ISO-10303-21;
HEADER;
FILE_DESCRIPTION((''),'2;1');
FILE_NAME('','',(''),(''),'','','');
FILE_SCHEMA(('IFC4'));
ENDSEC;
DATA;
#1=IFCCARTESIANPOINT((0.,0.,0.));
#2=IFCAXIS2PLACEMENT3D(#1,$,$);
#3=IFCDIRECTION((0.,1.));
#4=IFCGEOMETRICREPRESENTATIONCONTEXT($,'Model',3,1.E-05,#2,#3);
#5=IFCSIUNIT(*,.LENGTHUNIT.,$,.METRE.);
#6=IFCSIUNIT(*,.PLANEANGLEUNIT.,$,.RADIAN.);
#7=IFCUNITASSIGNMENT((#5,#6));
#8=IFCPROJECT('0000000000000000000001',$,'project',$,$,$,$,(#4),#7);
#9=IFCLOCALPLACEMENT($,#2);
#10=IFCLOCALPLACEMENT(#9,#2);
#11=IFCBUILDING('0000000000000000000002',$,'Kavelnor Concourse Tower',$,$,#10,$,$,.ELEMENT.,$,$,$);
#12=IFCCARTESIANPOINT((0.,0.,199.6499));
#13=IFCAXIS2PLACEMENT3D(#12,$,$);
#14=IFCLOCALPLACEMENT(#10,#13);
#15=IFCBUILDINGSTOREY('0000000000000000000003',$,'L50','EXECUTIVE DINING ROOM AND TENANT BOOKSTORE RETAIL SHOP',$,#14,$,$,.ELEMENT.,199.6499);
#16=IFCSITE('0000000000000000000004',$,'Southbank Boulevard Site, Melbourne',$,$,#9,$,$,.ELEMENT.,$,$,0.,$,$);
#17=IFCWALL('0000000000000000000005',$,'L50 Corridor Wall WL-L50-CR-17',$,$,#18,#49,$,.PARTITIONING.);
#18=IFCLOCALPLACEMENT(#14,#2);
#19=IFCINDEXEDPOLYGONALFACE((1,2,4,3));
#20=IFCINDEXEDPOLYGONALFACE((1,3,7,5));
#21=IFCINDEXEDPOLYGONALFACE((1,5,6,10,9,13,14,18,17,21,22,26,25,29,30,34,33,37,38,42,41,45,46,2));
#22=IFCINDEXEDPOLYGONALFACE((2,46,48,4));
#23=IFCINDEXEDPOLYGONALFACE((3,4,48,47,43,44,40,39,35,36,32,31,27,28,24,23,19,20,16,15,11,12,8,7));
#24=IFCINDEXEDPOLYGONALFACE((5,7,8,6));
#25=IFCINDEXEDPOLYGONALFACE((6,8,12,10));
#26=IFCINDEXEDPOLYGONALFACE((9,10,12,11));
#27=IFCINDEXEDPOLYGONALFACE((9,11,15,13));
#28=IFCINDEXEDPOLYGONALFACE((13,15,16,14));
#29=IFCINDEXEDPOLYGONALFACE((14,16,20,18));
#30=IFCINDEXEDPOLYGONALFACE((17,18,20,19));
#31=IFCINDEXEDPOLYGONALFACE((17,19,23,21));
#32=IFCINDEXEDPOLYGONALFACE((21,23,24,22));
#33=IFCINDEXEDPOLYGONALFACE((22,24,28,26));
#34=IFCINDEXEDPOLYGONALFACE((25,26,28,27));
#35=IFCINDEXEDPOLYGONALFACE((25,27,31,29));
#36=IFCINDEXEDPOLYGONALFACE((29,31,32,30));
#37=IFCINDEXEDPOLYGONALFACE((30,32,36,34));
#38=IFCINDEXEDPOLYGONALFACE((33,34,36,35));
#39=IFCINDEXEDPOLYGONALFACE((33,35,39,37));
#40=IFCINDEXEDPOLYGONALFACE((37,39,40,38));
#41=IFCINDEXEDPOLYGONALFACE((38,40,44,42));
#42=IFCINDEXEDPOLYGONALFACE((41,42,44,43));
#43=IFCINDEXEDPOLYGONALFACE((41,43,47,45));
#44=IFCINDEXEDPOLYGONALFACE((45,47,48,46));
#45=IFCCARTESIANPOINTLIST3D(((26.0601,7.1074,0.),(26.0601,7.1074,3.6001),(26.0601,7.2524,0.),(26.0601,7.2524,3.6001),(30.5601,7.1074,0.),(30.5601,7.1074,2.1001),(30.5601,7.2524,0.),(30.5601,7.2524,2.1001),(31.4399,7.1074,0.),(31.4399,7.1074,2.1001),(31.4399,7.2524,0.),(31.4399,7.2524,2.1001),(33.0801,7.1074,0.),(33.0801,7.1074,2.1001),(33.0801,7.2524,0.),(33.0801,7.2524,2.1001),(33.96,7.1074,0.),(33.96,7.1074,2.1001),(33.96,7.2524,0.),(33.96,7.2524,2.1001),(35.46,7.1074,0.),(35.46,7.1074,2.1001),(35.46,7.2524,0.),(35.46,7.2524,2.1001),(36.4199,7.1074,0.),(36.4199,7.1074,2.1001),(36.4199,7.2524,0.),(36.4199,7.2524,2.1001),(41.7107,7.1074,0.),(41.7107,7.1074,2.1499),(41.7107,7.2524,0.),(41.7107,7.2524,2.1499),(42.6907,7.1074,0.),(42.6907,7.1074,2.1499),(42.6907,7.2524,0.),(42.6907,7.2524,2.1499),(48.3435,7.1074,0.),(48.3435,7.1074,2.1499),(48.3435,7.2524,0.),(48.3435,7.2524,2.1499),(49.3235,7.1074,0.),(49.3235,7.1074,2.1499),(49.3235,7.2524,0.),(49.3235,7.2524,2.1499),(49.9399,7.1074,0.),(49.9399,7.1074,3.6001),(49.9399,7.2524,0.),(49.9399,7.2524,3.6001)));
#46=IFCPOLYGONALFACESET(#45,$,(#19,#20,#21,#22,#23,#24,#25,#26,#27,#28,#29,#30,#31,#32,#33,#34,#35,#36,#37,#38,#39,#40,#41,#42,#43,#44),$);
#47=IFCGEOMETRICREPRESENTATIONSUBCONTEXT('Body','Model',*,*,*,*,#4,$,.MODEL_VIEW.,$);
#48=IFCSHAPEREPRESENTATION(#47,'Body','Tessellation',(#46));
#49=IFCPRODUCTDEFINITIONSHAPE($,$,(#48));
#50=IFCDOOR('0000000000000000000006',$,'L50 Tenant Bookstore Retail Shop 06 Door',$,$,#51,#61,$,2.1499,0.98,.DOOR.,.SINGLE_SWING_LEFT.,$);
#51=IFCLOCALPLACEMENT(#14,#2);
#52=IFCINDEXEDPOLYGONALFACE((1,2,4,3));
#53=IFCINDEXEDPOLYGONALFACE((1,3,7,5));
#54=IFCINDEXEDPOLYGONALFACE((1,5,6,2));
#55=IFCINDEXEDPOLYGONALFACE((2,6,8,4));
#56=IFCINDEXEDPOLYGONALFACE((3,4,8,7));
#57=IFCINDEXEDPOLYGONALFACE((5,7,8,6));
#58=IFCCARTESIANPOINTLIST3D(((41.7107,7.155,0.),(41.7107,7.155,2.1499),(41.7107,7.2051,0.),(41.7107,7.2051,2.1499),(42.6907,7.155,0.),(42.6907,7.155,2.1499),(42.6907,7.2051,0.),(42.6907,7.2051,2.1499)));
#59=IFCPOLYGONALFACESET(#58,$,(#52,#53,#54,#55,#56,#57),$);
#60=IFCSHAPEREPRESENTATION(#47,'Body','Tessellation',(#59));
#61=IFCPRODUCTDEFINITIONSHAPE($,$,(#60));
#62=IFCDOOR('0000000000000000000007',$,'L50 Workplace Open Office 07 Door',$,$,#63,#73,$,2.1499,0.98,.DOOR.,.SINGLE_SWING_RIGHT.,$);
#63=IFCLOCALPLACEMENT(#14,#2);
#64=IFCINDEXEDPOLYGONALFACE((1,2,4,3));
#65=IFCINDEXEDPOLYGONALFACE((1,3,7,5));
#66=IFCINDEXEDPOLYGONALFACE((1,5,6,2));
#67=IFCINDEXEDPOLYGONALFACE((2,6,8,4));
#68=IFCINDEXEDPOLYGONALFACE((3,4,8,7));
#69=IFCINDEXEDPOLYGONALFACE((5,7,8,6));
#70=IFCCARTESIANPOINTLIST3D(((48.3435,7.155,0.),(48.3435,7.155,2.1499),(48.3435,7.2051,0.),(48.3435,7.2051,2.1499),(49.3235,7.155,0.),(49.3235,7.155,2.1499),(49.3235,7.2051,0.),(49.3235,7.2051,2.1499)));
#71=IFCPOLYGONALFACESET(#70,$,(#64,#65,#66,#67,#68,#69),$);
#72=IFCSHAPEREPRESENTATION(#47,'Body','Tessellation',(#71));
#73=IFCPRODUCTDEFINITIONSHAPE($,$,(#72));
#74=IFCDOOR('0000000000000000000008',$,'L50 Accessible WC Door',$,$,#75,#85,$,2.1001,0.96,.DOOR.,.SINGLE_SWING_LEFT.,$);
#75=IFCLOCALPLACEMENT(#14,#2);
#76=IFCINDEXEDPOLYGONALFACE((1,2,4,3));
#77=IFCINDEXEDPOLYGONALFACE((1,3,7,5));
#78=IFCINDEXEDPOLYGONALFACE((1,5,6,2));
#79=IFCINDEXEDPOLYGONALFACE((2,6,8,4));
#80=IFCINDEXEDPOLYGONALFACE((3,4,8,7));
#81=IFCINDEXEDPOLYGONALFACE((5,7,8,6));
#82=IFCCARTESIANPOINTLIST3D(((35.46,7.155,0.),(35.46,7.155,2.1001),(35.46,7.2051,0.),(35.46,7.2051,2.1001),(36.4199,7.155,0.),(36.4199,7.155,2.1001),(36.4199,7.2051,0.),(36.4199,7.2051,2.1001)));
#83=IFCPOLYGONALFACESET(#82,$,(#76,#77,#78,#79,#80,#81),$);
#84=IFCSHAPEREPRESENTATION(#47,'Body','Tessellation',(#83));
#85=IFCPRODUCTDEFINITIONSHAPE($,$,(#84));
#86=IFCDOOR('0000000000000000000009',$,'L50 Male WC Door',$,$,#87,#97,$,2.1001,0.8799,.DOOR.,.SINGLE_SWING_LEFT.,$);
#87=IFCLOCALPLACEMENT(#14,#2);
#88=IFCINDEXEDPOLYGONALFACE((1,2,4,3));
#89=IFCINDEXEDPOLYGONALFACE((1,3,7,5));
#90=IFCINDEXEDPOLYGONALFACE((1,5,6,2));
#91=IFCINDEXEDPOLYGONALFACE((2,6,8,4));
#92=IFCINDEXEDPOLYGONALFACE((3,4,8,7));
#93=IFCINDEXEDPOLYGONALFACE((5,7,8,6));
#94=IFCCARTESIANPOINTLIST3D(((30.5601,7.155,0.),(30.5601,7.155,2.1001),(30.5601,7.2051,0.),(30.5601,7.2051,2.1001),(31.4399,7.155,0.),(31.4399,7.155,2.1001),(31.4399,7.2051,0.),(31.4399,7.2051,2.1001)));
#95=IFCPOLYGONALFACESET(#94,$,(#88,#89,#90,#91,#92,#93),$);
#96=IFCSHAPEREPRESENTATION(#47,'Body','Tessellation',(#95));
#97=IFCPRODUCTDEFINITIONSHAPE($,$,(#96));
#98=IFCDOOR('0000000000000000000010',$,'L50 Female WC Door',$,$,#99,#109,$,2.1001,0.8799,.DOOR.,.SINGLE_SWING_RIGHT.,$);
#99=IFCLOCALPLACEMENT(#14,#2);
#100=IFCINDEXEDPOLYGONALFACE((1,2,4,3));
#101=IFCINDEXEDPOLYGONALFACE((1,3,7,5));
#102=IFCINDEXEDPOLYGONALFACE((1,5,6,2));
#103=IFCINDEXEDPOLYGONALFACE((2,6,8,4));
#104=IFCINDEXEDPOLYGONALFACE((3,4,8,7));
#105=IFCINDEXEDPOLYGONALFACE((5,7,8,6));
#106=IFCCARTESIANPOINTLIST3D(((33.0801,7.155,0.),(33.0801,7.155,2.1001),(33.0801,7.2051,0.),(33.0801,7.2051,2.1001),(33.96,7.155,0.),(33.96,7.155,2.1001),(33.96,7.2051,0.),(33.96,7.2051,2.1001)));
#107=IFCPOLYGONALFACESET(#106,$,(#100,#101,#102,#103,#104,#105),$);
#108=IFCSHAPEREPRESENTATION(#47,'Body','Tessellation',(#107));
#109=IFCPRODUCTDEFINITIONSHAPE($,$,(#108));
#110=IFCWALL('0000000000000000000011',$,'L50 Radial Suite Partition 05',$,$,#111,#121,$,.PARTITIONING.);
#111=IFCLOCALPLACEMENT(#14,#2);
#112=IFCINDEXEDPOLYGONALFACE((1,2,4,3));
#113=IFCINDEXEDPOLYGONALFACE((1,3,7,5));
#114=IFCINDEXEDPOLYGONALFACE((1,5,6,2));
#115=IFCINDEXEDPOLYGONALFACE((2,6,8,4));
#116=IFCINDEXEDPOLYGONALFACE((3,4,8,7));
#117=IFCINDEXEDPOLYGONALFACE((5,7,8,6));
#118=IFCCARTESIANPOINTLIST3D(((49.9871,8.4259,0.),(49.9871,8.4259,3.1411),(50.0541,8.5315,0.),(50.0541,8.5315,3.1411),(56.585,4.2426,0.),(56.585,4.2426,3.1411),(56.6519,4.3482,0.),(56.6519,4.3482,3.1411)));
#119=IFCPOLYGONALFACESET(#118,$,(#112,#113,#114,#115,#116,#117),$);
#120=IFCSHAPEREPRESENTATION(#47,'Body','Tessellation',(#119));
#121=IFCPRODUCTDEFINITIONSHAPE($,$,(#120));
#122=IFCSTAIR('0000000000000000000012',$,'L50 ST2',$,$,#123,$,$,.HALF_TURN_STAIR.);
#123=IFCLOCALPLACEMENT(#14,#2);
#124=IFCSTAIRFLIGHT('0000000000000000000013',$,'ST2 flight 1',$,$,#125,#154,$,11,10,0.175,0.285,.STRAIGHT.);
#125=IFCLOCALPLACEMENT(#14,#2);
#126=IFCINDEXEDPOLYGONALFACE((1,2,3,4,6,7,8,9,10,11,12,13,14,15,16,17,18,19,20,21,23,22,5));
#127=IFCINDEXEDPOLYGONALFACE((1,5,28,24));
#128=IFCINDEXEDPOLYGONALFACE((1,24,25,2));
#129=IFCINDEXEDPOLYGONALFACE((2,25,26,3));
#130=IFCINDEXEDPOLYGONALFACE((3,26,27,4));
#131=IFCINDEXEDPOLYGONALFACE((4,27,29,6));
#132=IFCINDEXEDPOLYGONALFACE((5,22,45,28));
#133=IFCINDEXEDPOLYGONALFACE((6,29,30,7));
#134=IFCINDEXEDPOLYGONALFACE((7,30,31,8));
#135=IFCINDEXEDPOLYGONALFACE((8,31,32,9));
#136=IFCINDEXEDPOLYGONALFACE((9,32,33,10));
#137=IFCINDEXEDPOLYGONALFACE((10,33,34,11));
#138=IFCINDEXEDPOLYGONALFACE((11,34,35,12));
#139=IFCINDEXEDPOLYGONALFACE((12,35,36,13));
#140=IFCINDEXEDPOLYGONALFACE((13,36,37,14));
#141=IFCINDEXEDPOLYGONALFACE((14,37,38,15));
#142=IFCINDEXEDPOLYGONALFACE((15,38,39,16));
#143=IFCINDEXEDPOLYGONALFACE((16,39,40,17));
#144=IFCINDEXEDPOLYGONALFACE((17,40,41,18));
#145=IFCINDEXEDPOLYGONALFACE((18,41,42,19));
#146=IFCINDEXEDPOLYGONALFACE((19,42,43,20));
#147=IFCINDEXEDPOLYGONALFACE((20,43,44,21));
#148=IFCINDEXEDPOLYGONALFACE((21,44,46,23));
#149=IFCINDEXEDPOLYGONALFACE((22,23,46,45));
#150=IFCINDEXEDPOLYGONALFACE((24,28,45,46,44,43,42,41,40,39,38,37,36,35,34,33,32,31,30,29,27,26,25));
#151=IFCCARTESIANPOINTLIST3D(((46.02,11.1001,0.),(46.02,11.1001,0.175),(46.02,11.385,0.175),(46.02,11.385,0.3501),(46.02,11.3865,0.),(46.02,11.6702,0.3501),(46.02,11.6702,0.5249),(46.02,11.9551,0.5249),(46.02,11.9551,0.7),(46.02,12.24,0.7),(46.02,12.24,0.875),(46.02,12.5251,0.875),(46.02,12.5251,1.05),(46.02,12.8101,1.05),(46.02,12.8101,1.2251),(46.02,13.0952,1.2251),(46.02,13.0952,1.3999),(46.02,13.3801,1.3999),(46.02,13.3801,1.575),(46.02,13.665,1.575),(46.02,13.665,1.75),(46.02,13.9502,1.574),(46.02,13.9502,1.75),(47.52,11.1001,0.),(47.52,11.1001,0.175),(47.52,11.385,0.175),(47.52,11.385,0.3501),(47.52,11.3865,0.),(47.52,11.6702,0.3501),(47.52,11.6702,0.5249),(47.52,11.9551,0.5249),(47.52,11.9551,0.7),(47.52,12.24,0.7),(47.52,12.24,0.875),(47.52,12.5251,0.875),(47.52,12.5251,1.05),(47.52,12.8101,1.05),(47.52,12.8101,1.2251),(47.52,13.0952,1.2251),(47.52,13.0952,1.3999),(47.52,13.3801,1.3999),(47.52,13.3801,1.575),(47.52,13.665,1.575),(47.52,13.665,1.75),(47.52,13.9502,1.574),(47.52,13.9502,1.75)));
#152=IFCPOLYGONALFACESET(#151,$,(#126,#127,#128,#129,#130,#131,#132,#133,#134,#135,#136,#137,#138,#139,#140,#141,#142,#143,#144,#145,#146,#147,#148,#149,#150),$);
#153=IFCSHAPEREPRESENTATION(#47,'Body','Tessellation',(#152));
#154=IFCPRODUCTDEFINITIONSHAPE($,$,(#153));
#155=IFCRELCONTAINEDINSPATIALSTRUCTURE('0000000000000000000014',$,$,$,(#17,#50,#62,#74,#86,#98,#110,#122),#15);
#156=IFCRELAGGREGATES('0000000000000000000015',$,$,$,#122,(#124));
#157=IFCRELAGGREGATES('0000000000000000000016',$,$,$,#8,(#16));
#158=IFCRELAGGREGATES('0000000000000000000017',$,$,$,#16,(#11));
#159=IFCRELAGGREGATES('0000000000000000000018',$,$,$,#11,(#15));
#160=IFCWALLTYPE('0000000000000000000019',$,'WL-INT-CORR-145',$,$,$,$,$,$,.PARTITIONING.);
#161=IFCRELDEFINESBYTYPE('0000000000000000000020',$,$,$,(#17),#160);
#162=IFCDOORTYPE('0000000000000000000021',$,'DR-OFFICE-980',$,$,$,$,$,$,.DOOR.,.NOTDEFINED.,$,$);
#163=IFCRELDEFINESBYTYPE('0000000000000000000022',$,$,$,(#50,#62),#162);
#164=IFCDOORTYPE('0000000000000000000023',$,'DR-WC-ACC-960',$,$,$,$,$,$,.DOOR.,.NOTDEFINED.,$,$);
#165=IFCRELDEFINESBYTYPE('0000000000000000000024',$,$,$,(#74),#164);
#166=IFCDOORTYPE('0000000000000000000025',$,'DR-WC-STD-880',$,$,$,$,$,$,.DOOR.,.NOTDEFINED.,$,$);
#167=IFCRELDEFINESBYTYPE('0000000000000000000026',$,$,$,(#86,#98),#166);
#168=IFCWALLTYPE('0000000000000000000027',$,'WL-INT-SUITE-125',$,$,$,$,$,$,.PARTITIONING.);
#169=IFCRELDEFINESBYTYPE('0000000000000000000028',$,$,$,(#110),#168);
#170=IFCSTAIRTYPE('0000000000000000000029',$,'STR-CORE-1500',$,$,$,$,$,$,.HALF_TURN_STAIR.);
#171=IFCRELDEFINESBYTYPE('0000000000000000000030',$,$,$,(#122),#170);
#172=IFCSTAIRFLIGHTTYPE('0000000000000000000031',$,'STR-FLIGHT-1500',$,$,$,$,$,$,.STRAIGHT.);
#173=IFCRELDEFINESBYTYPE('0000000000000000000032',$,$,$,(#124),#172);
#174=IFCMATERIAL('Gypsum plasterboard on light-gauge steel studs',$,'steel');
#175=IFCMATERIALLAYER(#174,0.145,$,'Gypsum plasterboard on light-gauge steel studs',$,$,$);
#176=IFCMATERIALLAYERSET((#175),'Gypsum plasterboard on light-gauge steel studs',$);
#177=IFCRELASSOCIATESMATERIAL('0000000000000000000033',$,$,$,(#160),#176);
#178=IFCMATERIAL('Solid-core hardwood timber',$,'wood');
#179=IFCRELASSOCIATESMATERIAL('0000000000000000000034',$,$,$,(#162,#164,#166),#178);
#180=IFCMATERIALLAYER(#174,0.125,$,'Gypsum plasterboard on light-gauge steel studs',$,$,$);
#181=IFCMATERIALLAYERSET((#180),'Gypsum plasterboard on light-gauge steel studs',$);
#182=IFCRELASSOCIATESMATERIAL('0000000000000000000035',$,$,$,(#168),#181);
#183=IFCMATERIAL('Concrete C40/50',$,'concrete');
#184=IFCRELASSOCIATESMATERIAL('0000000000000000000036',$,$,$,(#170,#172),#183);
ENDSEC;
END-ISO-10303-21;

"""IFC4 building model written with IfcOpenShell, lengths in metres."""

from ifc_helpers import new_model, si_unit, direction, frame, frame_2d, origin, place, context, subcontext, project, spatial, polyline, rectangle, outline, extrude, material, layer, layer_set, type_object, element, fill, aggregate, save


model = new_model("IFC4")

# Units and contexts
model_context = context("Model", 3, precision=1e-05, world=origin(), true_north=direction((0.0, 1.0)))
body_context = subcontext(model_context, "Body", "Model", "MODEL_VIEW")
ifc_project = project(units=[si_unit("LENGTHUNIT", "METRE"), si_unit("PLANEANGLEUNIT", "RADIAN")], contexts=[model_context])

# Site, building, storey
site_placement = place(None, origin())
site = spatial("IfcSite", under=ifc_project, at=site_placement, Name="Southbank Boulevard Site, Melbourne", CompositionType="ELEMENT", RefElevation=0.0)
building_placement = place(site_placement, origin())
building = spatial("IfcBuilding", under=site, at=building_placement, Name="Kavelnor Concourse Tower", CompositionType="ELEMENT")
storey_placement = place(building_placement, frame((0.0, 0.0, 199.6499)))
storey = spatial("IfcBuildingStorey", under=building, at=storey_placement, Name="L50", Description="EXECUTIVE DINING ROOM AND TENANT BOOKSTORE RETAIL SHOP", CompositionType="ELEMENT", Elevation=199.6499)

# Shared definitions
ifc_material_1 = material(Name="Gypsum plasterboard on light-gauge steel studs", Category="steel")
ifc_layer_1 = layer(ifc_material_1, 0.145, Name="Gypsum plasterboard on light-gauge steel studs")
ifc_layer_set_1 = layer_set([ifc_layer_1], Name="Gypsum plasterboard on light-gauge steel studs")
wall_type_1 = type_object("IfcWallType", Name="WL-INT-CORR-145", PredefinedType="PARTITIONING", material=ifc_layer_set_1)
ifc_material_2 = material(Name="Solid-core hardwood timber", Category="wood")

# Wall, openings, doors
wall_1_placement = place(storey_placement, frame((49.9399, 7.1799, 0.0), z_axis=(0.0, 0.0, 1.0), x_axis=(-1.0, 0.0, 0.0)))
wall_1 = element("IfcWall", 1, at=wall_1_placement, inside=storey, type_object=wall_type_1, Name="L50 Corridor Wall WL-L50-CR-17", PredefinedType="PARTITIONING", context=body_context, shape_type="SweptSolid", body=[
    extrude(rectangle(XDim=23.8799, YDim=0.145, at=frame_2d((11.9399, 0.0))), origin(), (0.0, 0.0, 1.0), 3.6001),
])
opening_1_placement = place(wall_1_placement, frame((18.5, 0.0, 0.0)))
opening_1 = element("IfcOpeningElement", 2, at=opening_1_placement, cuts=wall_1, PredefinedType="OPENING", context=body_context, shape_type="SweptSolid", body=[
    extrude(rectangle(XDim=0.8799, YDim=2.1001, at=frame_2d((0.4399, 1.05))), frame((0.0, 0.0825, 0.0), z_axis=(0.0, -1.0, 0.0), x_axis=(1.0, 0.0, 0.0)), (0.0, 0.0, 1.0), 0.165),
])
opening_2_placement = place(wall_1_placement, frame((15.98, 0.0, 0.0)))
opening_2 = element("IfcOpeningElement", 3, at=opening_2_placement, cuts=wall_1, PredefinedType="OPENING", context=body_context, shape_type="SweptSolid", body=[
    extrude(rectangle(XDim=0.8799, YDim=2.1001, at=frame_2d((0.4399, 1.05))), frame((0.0, 0.0825, 0.0), z_axis=(0.0, -1.0, 0.0), x_axis=(1.0, 0.0, 0.0)), (0.0, 0.0, 1.0), 0.165),
])
opening_3_placement = place(wall_1_placement, frame((13.52, 0.0, 0.0)))
opening_3 = element("IfcOpeningElement", 4, at=opening_3_placement, cuts=wall_1, PredefinedType="OPENING", context=body_context, shape_type="SweptSolid", body=[
    extrude(rectangle(XDim=0.96, YDim=2.1001, at=frame_2d((0.48, 1.05))), frame((0.0, 0.0825, 0.0), z_axis=(0.0, -1.0, 0.0), x_axis=(1.0, 0.0, 0.0)), (0.0, 0.0, 1.0), 0.165),
])
opening_4_placement = place(wall_1_placement, frame((7.2493, 0.0, 0.0)))
opening_4 = element("IfcOpeningElement", 5, at=opening_4_placement, cuts=wall_1, PredefinedType="OPENING", context=body_context, shape_type="SweptSolid", body=[
    extrude(rectangle(XDim=0.98, YDim=2.1499, at=frame_2d((0.49, 1.075))), frame((0.0, 0.0825, 0.0), z_axis=(0.0, -1.0, 0.0), x_axis=(1.0, 0.0, 0.0)), (0.0, 0.0, 1.0), 0.165),
])
opening_5_placement = place(wall_1_placement, frame((0.6165, 0.0, 0.0)))
opening_5 = element("IfcOpeningElement", 6, at=opening_5_placement, cuts=wall_1, PredefinedType="OPENING", context=body_context, shape_type="SweptSolid", body=[
    extrude(rectangle(XDim=0.98, YDim=2.1499, at=frame_2d((0.49, 1.075))), frame((0.0, 0.0825, 0.0), z_axis=(0.0, -1.0, 0.0), x_axis=(1.0, 0.0, 0.0)), (0.0, 0.0, 1.0), 0.165),
])
door_type_1 = type_object("IfcDoorType", Name="DR-OFFICE-980", OperationType="NOTDEFINED", PredefinedType="DOOR", material=ifc_material_2)
door_1_placement = place(opening_4_placement, origin())
door_1 = element("IfcDoor", 7, at=door_1_placement, inside=storey, type_object=door_type_1, Name="L50 Tenant Bookstore Retail Shop 06 Door", OperationType="SINGLE_SWING_LEFT", OverallHeight=2.1499, OverallWidth=0.98, PredefinedType="DOOR", context=body_context, shape_type="SweptSolid", body=[
    extrude(rectangle(XDim=0.98, YDim=2.1499, at=frame_2d((0.49, 1.075))), frame((0.0, 0.0249, 0.0), z_axis=(0.0, -1.0, 0.0), x_axis=(1.0, 0.0, 0.0)), (0.0, 0.0, 1.0), 0.05),
])
fill(opening_4, door_1)
door_2_placement = place(opening_5_placement, origin())
door_2 = element("IfcDoor", 8, at=door_2_placement, inside=storey, type_object=door_type_1, Name="L50 Workplace Open Office 07 Door", OperationType="SINGLE_SWING_RIGHT", OverallHeight=2.1499, OverallWidth=0.98, PredefinedType="DOOR", context=body_context, shape_type="SweptSolid", body=[
    extrude(rectangle(XDim=0.98, YDim=2.1499, at=frame_2d((0.49, 1.075))), frame((0.0, 0.0249, 0.0), z_axis=(0.0, -1.0, 0.0), x_axis=(1.0, 0.0, 0.0)), (0.0, 0.0, 1.0), 0.05),
])
fill(opening_5, door_2)
door_type_2 = type_object("IfcDoorType", Name="DR-WC-ACC-960", OperationType="NOTDEFINED", PredefinedType="DOOR", material=ifc_material_2)
door_3_placement = place(opening_3_placement, origin())
door_3 = element("IfcDoor", 9, at=door_3_placement, inside=storey, type_object=door_type_2, Name="L50 Accessible WC Door", OperationType="SINGLE_SWING_LEFT", OverallHeight=2.1001, OverallWidth=0.96, PredefinedType="DOOR", context=body_context, shape_type="SweptSolid", body=[
    extrude(rectangle(XDim=0.96, YDim=2.1001, at=frame_2d((0.48, 1.05))), frame((0.0, 0.0249, 0.0), z_axis=(0.0, -1.0, 0.0), x_axis=(1.0, 0.0, 0.0)), (0.0, 0.0, 1.0), 0.05),
])
fill(opening_3, door_3)
door_type_3 = type_object("IfcDoorType", Name="DR-WC-STD-880", OperationType="NOTDEFINED", PredefinedType="DOOR", material=ifc_material_2)
door_4_placement = place(opening_1_placement, origin())
door_4 = element("IfcDoor", 10, at=door_4_placement, inside=storey, type_object=door_type_3, Name="L50 Male WC Door", OperationType="SINGLE_SWING_LEFT", OverallHeight=2.1001, OverallWidth=0.8799, PredefinedType="DOOR", context=body_context, shape_type="SweptSolid", body=[
    extrude(rectangle(XDim=0.8799, YDim=2.1001, at=frame_2d((0.4399, 1.05))), frame((0.0, 0.0249, 0.0), z_axis=(0.0, -1.0, 0.0), x_axis=(1.0, 0.0, 0.0)), (0.0, 0.0, 1.0), 0.05),
])
fill(opening_1, door_4)
door_5_placement = place(opening_2_placement, origin())
door_5 = element("IfcDoor", 11, at=door_5_placement, inside=storey, type_object=door_type_3, Name="L50 Female WC Door", OperationType="SINGLE_SWING_RIGHT", OverallHeight=2.1001, OverallWidth=0.8799, PredefinedType="DOOR", context=body_context, shape_type="SweptSolid", body=[
    extrude(rectangle(XDim=0.8799, YDim=2.1001, at=frame_2d((0.4399, 1.05))), frame((0.0, 0.0249, 0.0), z_axis=(0.0, -1.0, 0.0), x_axis=(1.0, 0.0, 0.0)), (0.0, 0.0, 1.0), 0.05),
])
fill(opening_2, door_5)

# Wall
ifc_layer_2 = layer(ifc_material_1, 0.125, Name="Gypsum plasterboard on light-gauge steel studs")
ifc_layer_set_2 = layer_set([ifc_layer_2], Name="Gypsum plasterboard on light-gauge steel studs")
wall_type_2 = type_object("IfcWallType", Name="WL-INT-SUITE-125", PredefinedType="PARTITIONING", material=ifc_layer_set_2)
wall_2_placement = place(storey_placement, frame((50.0205, 8.4788, 0.0), z_axis=(0.0, 0.0, 1.0), x_axis=(0.844548, -0.53548, 0.0)))
element("IfcWall", 12, at=wall_2_placement, inside=storey, type_object=wall_type_2, Name="L50 Radial Suite Partition 05", PredefinedType="PARTITIONING", context=body_context, shape_type="SweptSolid", body=[
    extrude(rectangle(XDim=7.8123, YDim=0.125, at=frame_2d((3.9062, 0.0))), origin(), (0.0, 0.0, 1.0), 3.1411),
])

# Stair, stair flight
ifc_material_3 = material(Name="Concrete C40/50", Category="concrete")
stair_type = type_object("IfcStairType", Name="STR-CORE-1500", PredefinedType="HALF_TURN_STAIR", material=ifc_material_3)
stair_placement = place(storey_placement, origin())
stair = element("IfcStair", 13, at=stair_placement, inside=storey, type_object=stair_type, Name="L50 ST2", PredefinedType="HALF_TURN_STAIR")
stair_flight_type = type_object("IfcStairFlightType", Name="STR-FLIGHT-1500", PredefinedType="STRAIGHT", material=ifc_material_3)
stair_flight_placement = place(storey_placement, frame((46.77, 11.1001, 0.0), z_axis=(0.0, 0.0, 1.0), x_axis=(0.0, 1.0, 0.0)))
stair_flight = element("IfcStairFlight", 14, at=stair_flight_placement, type_object=stair_flight_type, Name="ST2 flight 1", NumberOfRisers=11, NumberOfTreads=10, PredefinedType="STRAIGHT", RiserHeight=0.175, TreadLength=0.285, context=body_context, shape_type="SweptSolid", body=[
    extrude(outline(polyline([(0.0, 0.0), (0.0, 0.175), (0.2849, 0.175), (0.2849, 0.3501), (0.5701, 0.3501), (0.5701, 0.5249), (0.855, 0.5249), (0.855, 0.7), (1.1399, 0.7), (1.1399, 0.875), (1.425, 0.875), (1.425, 1.05), (1.71, 1.05), (1.71, 1.2251), (1.9951, 1.2251), (1.9951, 1.3999), (2.28, 1.3999), (2.28, 1.575), (2.5649, 1.575), (2.5649, 1.75), (2.8501, 1.75), (2.8501, 1.925), (2.8501, 1.574), (0.2864, 0.0), (0.0, 0.0)])), frame((0.0, 0.75, 0.0), z_axis=(0.0, -1.0, 0.0), x_axis=(1.0, 0.0, 0.0)), (0.0, 0.0, 1.0), 1.5),
])
aggregate(stair, [stair_flight])

save(model, "model.ifc")
